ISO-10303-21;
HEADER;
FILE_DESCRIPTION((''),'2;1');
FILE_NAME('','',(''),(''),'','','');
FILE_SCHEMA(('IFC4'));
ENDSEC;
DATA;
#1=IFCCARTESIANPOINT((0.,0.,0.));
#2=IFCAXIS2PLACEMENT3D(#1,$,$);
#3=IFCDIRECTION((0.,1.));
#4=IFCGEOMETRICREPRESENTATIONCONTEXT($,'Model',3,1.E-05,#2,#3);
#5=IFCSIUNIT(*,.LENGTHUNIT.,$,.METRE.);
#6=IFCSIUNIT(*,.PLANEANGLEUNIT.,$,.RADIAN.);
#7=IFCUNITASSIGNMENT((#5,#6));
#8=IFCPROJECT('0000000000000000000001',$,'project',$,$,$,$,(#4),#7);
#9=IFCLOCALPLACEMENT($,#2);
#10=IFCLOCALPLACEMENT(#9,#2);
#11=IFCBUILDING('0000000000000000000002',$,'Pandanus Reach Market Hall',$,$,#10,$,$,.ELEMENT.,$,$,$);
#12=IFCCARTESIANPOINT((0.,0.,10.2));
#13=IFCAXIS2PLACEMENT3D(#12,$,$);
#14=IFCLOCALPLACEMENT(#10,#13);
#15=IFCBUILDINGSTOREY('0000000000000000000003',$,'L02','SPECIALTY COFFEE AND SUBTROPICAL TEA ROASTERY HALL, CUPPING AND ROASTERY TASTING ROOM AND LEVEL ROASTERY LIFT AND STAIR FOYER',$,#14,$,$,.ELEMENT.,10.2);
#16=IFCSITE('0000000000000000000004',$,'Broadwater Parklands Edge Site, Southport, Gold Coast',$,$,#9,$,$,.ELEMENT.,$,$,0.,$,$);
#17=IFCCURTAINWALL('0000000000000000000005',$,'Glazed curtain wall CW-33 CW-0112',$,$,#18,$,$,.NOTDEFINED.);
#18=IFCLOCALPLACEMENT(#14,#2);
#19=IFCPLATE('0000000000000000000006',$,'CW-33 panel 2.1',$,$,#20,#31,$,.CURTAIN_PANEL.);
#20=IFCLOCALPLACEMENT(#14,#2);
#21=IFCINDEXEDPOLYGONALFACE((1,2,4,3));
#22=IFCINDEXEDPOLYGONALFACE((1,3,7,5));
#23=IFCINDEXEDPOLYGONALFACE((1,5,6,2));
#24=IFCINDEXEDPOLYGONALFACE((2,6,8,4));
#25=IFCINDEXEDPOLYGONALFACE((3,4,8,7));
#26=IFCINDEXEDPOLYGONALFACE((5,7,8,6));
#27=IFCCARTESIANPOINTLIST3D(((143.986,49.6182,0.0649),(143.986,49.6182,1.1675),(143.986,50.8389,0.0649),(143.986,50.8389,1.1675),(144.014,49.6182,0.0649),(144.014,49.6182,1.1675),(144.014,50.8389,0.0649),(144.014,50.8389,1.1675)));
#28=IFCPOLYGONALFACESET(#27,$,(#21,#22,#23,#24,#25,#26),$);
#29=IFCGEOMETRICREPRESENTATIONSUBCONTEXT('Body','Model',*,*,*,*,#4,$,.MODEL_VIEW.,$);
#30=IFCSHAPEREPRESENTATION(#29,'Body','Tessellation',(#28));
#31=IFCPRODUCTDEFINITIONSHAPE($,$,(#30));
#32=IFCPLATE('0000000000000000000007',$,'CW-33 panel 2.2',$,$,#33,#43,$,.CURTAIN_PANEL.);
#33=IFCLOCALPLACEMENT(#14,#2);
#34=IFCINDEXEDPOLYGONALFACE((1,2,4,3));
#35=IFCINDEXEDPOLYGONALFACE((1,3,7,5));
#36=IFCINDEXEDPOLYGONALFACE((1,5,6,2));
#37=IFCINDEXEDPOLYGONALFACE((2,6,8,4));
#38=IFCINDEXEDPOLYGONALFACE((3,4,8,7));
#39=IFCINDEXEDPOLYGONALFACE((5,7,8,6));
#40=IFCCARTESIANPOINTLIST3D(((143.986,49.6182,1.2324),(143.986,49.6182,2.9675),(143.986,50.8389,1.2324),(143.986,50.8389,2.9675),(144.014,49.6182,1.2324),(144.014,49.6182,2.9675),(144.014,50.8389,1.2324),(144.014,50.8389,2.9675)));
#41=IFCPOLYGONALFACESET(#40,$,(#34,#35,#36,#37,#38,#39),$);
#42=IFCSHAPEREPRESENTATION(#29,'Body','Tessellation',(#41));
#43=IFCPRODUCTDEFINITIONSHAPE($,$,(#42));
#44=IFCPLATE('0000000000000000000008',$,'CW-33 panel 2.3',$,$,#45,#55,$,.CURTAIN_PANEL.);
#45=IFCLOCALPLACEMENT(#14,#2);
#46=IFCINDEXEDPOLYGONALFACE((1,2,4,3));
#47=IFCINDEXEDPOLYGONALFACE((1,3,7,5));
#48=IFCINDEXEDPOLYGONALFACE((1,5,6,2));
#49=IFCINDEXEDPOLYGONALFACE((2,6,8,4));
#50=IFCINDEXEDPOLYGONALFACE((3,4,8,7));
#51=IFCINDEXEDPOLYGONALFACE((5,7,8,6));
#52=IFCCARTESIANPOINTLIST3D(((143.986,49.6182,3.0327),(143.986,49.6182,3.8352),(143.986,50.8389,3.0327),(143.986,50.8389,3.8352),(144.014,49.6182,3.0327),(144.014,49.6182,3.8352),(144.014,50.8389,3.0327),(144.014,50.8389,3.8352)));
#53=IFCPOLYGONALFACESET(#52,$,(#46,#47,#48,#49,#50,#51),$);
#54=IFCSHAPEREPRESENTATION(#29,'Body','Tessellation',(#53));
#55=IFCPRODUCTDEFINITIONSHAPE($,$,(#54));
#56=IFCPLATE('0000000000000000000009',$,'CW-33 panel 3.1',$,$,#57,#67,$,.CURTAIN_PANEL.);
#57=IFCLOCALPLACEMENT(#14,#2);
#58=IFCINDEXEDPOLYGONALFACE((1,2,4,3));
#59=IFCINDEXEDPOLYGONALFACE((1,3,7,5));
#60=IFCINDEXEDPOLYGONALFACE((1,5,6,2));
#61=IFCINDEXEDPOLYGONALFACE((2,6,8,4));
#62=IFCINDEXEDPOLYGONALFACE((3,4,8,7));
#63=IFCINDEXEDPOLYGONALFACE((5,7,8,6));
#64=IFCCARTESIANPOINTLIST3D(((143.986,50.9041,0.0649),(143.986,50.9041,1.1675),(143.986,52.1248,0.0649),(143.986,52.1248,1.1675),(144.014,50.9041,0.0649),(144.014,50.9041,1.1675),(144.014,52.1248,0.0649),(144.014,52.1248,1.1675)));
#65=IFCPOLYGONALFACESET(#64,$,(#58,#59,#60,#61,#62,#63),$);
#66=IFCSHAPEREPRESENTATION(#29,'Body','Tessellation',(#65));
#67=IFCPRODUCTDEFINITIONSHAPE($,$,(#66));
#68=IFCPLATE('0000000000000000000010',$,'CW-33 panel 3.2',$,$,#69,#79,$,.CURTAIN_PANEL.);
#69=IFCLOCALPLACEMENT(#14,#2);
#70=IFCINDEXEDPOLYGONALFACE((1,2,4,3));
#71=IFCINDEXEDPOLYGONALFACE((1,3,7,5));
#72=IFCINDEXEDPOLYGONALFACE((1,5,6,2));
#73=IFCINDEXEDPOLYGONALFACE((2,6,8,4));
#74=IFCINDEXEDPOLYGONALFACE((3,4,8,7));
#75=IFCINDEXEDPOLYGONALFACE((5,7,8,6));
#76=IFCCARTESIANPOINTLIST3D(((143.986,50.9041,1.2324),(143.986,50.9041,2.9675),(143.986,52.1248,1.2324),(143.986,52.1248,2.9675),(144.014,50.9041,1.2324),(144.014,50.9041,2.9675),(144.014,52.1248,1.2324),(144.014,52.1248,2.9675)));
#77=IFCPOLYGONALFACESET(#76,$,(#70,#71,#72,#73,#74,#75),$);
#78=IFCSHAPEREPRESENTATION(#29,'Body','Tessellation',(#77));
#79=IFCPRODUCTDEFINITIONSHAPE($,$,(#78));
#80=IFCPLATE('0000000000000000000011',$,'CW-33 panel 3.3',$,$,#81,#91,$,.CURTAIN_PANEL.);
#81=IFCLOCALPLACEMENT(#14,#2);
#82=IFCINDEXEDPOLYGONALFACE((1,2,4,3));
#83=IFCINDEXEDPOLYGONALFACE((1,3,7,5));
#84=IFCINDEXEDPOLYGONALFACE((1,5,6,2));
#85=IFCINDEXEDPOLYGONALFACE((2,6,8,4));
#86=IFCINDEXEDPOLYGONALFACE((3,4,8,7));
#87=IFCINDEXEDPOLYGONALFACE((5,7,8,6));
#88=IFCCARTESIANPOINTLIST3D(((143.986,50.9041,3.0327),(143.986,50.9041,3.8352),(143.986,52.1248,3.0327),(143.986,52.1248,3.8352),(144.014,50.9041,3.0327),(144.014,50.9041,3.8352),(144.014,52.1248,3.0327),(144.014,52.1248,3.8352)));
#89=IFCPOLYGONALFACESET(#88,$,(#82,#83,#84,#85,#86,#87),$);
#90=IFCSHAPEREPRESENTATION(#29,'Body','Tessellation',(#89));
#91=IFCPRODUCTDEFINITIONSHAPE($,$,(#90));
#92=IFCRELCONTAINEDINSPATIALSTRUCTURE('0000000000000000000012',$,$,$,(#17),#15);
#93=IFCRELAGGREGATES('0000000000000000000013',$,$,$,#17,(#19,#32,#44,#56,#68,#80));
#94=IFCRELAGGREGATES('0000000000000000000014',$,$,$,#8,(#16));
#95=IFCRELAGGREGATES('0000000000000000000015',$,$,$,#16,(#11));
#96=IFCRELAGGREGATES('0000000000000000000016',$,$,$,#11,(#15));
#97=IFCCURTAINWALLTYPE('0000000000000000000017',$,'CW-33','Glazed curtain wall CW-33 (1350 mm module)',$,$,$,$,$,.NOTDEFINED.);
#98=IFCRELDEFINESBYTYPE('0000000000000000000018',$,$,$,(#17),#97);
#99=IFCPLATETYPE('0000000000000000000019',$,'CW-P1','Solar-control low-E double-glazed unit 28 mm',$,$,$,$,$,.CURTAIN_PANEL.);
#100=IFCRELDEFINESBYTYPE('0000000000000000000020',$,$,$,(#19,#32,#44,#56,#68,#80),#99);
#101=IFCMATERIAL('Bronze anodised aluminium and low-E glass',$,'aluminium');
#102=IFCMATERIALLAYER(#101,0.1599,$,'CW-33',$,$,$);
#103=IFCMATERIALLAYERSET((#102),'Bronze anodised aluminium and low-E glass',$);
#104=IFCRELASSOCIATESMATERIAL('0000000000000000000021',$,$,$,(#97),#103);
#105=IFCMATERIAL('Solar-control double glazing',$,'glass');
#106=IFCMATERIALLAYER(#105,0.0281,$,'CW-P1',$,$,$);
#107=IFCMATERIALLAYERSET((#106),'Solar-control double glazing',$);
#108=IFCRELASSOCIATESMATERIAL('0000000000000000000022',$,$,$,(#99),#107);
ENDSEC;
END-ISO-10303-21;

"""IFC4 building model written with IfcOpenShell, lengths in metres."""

from ifc_helpers import new_model, si_unit, direction, frame, origin, origin_2d, place, context, subcontext, project, spatial, rectangle, extrude, material, layer, layer_set, type_object, element, aggregate, save


model = new_model("IFC4")

# Units and contexts
model_context = context("Model", 3, precision=1e-05, world=origin(), true_north=direction((0.0, 1.0)))
body_context = subcontext(model_context, "Body", "Model", "MODEL_VIEW")
ifc_project = project(units=[si_unit("LENGTHUNIT", "METRE"), si_unit("PLANEANGLEUNIT", "RADIAN")], contexts=[model_context])

# Site, building, storey
site_placement = place(None, origin())
site = spatial("IfcSite", under=ifc_project, at=site_placement, Name="Broadwater Parklands Edge Site, Southport, Gold Coast", CompositionType="ELEMENT", RefElevation=0.0)
building_placement = place(site_placement, origin())
building = spatial("IfcBuilding", under=site, at=building_placement, Name="Pandanus Reach Market Hall", CompositionType="ELEMENT")
storey_placement = place(building_placement, frame((0.0, 0.0, 10.2)))
storey = spatial("IfcBuildingStorey", under=building, at=storey_placement, Name="L02", Description="SPECIALTY COFFEE AND SUBTROPICAL TEA ROASTERY HALL, CUPPING AND ROASTERY TASTING ROOM AND LEVEL ROASTERY LIFT AND STAIR FOYER", CompositionType="ELEMENT", Elevation=10.2)

# Shared definitions
ifc_material_1 = material(Name="Bronze anodised aluminium and low-E glass", Category="aluminium")
ifc_layer_1 = layer(ifc_material_1, 0.1599, Name="CW-33")
ifc_layer_set_1 = layer_set([ifc_layer_1], Name="Bronze anodised aluminium and low-E glass")
curtain_wall_type = type_object("IfcCurtainWallType", Name="CW-33", Description="Glazed curtain wall CW-33 (1350 mm module)", PredefinedType="NOTDEFINED", material=ifc_layer_set_1)

# Curtain wall
curtain_wall_1_placement = place(storey_placement, origin())
curtain_wall_1 = element("IfcCurtainWall", 1, at=curtain_wall_1_placement, inside=storey, type_object=curtain_wall_type, Name="Glazed curtain wall CW-33 CW-0112", PredefinedType="NOTDEFINED")

# Plates
ifc_material_2 = material(Name="Solar-control double glazing", Category="glass")
ifc_layer_2 = layer(ifc_material_2, 0.0281, Name="CW-P1")
ifc_layer_set_2 = layer_set([ifc_layer_2], Name="Solar-control double glazing")
plate_type = type_object("IfcPlateType", Name="CW-P1", Description="Solar-control low-E double-glazed unit 28 mm", PredefinedType="CURTAIN_PANEL", material=ifc_layer_set_2)
plate_1_placement = place(storey_placement, frame((144.0, 50.2285, 0.0649), z_axis=(0.0, 0.0, 1.0), x_axis=(0.0, 1.0, 0.0)))
plate_1 = element("IfcPlate", 2, at=plate_1_placement, type_object=plate_type, Name="CW-33 panel 2.1", PredefinedType="CURTAIN_PANEL", context=body_context, shape_type="SweptSolid", body=[
    extrude(rectangle(XDim=1.2207, YDim=0.0281, at=origin_2d()), origin(), (0.0, 0.0, 1.0), 1.1025),
])
plate_2_placement = place(storey_placement, frame((144.0, 50.2285, 1.2324), z_axis=(0.0, 0.0, 1.0), x_axis=(0.0, 1.0, 0.0)))
plate_2 = element("IfcPlate", 3, at=plate_2_placement, type_object=plate_type, Name="CW-33 panel 2.2", PredefinedType="CURTAIN_PANEL", context=body_context, shape_type="SweptSolid", body=[
    extrude(rectangle(XDim=1.2207, YDim=0.0281, at=origin_2d()), origin(), (0.0, 0.0, 1.0), 1.7351),
])
plate_3_placement = place(storey_placement, frame((144.0, 50.2285, 3.0327), z_axis=(0.0, 0.0, 1.0), x_axis=(0.0, 1.0, 0.0)))
plate_3 = element("IfcPlate", 4, at=plate_3_placement, type_object=plate_type, Name="CW-33 panel 2.3", PredefinedType="CURTAIN_PANEL", context=body_context, shape_type="SweptSolid", body=[
    extrude(rectangle(XDim=1.2207, YDim=0.0281, at=origin_2d()), origin(), (0.0, 0.0, 1.0), 0.8025),
])
plate_4_placement = place(storey_placement, frame((144.0, 51.5144, 0.0649), z_axis=(0.0, 0.0, 1.0), x_axis=(0.0, 1.0, 0.0)))
plate_4 = element("IfcPlate", 5, at=plate_4_placement, type_object=plate_type, Name="CW-33 panel 3.1", PredefinedType="CURTAIN_PANEL", context=body_context, shape_type="SweptSolid", body=[
    extrude(rectangle(XDim=1.2207, YDim=0.0281, at=origin_2d()), origin(), (0.0, 0.0, 1.0), 1.1025),
])
plate_5_placement = place(storey_placement, frame((144.0, 51.5144, 1.2324), z_axis=(0.0, 0.0, 1.0), x_axis=(0.0, 1.0, 0.0)))
plate_5 = element("IfcPlate", 6, at=plate_5_placement, type_object=plate_type, Name="CW-33 panel 3.2", PredefinedType="CURTAIN_PANEL", context=body_context, shape_type="SweptSolid", body=[
    extrude(rectangle(XDim=1.2207, YDim=0.0281, at=origin_2d()), origin(), (0.0, 0.0, 1.0), 1.7351),
])
plate_6_placement = place(storey_placement, frame((144.0, 51.5144, 3.0327), z_axis=(0.0, 0.0, 1.0), x_axis=(0.0, 1.0, 0.0)))
plate_6 = element("IfcPlate", 7, at=plate_6_placement, type_object=plate_type, Name="CW-33 panel 3.3", PredefinedType="CURTAIN_PANEL", context=body_context, shape_type="SweptSolid", body=[
    extrude(rectangle(XDim=1.2207, YDim=0.0281, at=origin_2d()), origin(), (0.0, 0.0, 1.0), 0.8025),
])
aggregate(curtain_wall_1, [plate_1, plate_2, plate_3, plate_4, plate_5, plate_6])

save(model, "model.ifc")
